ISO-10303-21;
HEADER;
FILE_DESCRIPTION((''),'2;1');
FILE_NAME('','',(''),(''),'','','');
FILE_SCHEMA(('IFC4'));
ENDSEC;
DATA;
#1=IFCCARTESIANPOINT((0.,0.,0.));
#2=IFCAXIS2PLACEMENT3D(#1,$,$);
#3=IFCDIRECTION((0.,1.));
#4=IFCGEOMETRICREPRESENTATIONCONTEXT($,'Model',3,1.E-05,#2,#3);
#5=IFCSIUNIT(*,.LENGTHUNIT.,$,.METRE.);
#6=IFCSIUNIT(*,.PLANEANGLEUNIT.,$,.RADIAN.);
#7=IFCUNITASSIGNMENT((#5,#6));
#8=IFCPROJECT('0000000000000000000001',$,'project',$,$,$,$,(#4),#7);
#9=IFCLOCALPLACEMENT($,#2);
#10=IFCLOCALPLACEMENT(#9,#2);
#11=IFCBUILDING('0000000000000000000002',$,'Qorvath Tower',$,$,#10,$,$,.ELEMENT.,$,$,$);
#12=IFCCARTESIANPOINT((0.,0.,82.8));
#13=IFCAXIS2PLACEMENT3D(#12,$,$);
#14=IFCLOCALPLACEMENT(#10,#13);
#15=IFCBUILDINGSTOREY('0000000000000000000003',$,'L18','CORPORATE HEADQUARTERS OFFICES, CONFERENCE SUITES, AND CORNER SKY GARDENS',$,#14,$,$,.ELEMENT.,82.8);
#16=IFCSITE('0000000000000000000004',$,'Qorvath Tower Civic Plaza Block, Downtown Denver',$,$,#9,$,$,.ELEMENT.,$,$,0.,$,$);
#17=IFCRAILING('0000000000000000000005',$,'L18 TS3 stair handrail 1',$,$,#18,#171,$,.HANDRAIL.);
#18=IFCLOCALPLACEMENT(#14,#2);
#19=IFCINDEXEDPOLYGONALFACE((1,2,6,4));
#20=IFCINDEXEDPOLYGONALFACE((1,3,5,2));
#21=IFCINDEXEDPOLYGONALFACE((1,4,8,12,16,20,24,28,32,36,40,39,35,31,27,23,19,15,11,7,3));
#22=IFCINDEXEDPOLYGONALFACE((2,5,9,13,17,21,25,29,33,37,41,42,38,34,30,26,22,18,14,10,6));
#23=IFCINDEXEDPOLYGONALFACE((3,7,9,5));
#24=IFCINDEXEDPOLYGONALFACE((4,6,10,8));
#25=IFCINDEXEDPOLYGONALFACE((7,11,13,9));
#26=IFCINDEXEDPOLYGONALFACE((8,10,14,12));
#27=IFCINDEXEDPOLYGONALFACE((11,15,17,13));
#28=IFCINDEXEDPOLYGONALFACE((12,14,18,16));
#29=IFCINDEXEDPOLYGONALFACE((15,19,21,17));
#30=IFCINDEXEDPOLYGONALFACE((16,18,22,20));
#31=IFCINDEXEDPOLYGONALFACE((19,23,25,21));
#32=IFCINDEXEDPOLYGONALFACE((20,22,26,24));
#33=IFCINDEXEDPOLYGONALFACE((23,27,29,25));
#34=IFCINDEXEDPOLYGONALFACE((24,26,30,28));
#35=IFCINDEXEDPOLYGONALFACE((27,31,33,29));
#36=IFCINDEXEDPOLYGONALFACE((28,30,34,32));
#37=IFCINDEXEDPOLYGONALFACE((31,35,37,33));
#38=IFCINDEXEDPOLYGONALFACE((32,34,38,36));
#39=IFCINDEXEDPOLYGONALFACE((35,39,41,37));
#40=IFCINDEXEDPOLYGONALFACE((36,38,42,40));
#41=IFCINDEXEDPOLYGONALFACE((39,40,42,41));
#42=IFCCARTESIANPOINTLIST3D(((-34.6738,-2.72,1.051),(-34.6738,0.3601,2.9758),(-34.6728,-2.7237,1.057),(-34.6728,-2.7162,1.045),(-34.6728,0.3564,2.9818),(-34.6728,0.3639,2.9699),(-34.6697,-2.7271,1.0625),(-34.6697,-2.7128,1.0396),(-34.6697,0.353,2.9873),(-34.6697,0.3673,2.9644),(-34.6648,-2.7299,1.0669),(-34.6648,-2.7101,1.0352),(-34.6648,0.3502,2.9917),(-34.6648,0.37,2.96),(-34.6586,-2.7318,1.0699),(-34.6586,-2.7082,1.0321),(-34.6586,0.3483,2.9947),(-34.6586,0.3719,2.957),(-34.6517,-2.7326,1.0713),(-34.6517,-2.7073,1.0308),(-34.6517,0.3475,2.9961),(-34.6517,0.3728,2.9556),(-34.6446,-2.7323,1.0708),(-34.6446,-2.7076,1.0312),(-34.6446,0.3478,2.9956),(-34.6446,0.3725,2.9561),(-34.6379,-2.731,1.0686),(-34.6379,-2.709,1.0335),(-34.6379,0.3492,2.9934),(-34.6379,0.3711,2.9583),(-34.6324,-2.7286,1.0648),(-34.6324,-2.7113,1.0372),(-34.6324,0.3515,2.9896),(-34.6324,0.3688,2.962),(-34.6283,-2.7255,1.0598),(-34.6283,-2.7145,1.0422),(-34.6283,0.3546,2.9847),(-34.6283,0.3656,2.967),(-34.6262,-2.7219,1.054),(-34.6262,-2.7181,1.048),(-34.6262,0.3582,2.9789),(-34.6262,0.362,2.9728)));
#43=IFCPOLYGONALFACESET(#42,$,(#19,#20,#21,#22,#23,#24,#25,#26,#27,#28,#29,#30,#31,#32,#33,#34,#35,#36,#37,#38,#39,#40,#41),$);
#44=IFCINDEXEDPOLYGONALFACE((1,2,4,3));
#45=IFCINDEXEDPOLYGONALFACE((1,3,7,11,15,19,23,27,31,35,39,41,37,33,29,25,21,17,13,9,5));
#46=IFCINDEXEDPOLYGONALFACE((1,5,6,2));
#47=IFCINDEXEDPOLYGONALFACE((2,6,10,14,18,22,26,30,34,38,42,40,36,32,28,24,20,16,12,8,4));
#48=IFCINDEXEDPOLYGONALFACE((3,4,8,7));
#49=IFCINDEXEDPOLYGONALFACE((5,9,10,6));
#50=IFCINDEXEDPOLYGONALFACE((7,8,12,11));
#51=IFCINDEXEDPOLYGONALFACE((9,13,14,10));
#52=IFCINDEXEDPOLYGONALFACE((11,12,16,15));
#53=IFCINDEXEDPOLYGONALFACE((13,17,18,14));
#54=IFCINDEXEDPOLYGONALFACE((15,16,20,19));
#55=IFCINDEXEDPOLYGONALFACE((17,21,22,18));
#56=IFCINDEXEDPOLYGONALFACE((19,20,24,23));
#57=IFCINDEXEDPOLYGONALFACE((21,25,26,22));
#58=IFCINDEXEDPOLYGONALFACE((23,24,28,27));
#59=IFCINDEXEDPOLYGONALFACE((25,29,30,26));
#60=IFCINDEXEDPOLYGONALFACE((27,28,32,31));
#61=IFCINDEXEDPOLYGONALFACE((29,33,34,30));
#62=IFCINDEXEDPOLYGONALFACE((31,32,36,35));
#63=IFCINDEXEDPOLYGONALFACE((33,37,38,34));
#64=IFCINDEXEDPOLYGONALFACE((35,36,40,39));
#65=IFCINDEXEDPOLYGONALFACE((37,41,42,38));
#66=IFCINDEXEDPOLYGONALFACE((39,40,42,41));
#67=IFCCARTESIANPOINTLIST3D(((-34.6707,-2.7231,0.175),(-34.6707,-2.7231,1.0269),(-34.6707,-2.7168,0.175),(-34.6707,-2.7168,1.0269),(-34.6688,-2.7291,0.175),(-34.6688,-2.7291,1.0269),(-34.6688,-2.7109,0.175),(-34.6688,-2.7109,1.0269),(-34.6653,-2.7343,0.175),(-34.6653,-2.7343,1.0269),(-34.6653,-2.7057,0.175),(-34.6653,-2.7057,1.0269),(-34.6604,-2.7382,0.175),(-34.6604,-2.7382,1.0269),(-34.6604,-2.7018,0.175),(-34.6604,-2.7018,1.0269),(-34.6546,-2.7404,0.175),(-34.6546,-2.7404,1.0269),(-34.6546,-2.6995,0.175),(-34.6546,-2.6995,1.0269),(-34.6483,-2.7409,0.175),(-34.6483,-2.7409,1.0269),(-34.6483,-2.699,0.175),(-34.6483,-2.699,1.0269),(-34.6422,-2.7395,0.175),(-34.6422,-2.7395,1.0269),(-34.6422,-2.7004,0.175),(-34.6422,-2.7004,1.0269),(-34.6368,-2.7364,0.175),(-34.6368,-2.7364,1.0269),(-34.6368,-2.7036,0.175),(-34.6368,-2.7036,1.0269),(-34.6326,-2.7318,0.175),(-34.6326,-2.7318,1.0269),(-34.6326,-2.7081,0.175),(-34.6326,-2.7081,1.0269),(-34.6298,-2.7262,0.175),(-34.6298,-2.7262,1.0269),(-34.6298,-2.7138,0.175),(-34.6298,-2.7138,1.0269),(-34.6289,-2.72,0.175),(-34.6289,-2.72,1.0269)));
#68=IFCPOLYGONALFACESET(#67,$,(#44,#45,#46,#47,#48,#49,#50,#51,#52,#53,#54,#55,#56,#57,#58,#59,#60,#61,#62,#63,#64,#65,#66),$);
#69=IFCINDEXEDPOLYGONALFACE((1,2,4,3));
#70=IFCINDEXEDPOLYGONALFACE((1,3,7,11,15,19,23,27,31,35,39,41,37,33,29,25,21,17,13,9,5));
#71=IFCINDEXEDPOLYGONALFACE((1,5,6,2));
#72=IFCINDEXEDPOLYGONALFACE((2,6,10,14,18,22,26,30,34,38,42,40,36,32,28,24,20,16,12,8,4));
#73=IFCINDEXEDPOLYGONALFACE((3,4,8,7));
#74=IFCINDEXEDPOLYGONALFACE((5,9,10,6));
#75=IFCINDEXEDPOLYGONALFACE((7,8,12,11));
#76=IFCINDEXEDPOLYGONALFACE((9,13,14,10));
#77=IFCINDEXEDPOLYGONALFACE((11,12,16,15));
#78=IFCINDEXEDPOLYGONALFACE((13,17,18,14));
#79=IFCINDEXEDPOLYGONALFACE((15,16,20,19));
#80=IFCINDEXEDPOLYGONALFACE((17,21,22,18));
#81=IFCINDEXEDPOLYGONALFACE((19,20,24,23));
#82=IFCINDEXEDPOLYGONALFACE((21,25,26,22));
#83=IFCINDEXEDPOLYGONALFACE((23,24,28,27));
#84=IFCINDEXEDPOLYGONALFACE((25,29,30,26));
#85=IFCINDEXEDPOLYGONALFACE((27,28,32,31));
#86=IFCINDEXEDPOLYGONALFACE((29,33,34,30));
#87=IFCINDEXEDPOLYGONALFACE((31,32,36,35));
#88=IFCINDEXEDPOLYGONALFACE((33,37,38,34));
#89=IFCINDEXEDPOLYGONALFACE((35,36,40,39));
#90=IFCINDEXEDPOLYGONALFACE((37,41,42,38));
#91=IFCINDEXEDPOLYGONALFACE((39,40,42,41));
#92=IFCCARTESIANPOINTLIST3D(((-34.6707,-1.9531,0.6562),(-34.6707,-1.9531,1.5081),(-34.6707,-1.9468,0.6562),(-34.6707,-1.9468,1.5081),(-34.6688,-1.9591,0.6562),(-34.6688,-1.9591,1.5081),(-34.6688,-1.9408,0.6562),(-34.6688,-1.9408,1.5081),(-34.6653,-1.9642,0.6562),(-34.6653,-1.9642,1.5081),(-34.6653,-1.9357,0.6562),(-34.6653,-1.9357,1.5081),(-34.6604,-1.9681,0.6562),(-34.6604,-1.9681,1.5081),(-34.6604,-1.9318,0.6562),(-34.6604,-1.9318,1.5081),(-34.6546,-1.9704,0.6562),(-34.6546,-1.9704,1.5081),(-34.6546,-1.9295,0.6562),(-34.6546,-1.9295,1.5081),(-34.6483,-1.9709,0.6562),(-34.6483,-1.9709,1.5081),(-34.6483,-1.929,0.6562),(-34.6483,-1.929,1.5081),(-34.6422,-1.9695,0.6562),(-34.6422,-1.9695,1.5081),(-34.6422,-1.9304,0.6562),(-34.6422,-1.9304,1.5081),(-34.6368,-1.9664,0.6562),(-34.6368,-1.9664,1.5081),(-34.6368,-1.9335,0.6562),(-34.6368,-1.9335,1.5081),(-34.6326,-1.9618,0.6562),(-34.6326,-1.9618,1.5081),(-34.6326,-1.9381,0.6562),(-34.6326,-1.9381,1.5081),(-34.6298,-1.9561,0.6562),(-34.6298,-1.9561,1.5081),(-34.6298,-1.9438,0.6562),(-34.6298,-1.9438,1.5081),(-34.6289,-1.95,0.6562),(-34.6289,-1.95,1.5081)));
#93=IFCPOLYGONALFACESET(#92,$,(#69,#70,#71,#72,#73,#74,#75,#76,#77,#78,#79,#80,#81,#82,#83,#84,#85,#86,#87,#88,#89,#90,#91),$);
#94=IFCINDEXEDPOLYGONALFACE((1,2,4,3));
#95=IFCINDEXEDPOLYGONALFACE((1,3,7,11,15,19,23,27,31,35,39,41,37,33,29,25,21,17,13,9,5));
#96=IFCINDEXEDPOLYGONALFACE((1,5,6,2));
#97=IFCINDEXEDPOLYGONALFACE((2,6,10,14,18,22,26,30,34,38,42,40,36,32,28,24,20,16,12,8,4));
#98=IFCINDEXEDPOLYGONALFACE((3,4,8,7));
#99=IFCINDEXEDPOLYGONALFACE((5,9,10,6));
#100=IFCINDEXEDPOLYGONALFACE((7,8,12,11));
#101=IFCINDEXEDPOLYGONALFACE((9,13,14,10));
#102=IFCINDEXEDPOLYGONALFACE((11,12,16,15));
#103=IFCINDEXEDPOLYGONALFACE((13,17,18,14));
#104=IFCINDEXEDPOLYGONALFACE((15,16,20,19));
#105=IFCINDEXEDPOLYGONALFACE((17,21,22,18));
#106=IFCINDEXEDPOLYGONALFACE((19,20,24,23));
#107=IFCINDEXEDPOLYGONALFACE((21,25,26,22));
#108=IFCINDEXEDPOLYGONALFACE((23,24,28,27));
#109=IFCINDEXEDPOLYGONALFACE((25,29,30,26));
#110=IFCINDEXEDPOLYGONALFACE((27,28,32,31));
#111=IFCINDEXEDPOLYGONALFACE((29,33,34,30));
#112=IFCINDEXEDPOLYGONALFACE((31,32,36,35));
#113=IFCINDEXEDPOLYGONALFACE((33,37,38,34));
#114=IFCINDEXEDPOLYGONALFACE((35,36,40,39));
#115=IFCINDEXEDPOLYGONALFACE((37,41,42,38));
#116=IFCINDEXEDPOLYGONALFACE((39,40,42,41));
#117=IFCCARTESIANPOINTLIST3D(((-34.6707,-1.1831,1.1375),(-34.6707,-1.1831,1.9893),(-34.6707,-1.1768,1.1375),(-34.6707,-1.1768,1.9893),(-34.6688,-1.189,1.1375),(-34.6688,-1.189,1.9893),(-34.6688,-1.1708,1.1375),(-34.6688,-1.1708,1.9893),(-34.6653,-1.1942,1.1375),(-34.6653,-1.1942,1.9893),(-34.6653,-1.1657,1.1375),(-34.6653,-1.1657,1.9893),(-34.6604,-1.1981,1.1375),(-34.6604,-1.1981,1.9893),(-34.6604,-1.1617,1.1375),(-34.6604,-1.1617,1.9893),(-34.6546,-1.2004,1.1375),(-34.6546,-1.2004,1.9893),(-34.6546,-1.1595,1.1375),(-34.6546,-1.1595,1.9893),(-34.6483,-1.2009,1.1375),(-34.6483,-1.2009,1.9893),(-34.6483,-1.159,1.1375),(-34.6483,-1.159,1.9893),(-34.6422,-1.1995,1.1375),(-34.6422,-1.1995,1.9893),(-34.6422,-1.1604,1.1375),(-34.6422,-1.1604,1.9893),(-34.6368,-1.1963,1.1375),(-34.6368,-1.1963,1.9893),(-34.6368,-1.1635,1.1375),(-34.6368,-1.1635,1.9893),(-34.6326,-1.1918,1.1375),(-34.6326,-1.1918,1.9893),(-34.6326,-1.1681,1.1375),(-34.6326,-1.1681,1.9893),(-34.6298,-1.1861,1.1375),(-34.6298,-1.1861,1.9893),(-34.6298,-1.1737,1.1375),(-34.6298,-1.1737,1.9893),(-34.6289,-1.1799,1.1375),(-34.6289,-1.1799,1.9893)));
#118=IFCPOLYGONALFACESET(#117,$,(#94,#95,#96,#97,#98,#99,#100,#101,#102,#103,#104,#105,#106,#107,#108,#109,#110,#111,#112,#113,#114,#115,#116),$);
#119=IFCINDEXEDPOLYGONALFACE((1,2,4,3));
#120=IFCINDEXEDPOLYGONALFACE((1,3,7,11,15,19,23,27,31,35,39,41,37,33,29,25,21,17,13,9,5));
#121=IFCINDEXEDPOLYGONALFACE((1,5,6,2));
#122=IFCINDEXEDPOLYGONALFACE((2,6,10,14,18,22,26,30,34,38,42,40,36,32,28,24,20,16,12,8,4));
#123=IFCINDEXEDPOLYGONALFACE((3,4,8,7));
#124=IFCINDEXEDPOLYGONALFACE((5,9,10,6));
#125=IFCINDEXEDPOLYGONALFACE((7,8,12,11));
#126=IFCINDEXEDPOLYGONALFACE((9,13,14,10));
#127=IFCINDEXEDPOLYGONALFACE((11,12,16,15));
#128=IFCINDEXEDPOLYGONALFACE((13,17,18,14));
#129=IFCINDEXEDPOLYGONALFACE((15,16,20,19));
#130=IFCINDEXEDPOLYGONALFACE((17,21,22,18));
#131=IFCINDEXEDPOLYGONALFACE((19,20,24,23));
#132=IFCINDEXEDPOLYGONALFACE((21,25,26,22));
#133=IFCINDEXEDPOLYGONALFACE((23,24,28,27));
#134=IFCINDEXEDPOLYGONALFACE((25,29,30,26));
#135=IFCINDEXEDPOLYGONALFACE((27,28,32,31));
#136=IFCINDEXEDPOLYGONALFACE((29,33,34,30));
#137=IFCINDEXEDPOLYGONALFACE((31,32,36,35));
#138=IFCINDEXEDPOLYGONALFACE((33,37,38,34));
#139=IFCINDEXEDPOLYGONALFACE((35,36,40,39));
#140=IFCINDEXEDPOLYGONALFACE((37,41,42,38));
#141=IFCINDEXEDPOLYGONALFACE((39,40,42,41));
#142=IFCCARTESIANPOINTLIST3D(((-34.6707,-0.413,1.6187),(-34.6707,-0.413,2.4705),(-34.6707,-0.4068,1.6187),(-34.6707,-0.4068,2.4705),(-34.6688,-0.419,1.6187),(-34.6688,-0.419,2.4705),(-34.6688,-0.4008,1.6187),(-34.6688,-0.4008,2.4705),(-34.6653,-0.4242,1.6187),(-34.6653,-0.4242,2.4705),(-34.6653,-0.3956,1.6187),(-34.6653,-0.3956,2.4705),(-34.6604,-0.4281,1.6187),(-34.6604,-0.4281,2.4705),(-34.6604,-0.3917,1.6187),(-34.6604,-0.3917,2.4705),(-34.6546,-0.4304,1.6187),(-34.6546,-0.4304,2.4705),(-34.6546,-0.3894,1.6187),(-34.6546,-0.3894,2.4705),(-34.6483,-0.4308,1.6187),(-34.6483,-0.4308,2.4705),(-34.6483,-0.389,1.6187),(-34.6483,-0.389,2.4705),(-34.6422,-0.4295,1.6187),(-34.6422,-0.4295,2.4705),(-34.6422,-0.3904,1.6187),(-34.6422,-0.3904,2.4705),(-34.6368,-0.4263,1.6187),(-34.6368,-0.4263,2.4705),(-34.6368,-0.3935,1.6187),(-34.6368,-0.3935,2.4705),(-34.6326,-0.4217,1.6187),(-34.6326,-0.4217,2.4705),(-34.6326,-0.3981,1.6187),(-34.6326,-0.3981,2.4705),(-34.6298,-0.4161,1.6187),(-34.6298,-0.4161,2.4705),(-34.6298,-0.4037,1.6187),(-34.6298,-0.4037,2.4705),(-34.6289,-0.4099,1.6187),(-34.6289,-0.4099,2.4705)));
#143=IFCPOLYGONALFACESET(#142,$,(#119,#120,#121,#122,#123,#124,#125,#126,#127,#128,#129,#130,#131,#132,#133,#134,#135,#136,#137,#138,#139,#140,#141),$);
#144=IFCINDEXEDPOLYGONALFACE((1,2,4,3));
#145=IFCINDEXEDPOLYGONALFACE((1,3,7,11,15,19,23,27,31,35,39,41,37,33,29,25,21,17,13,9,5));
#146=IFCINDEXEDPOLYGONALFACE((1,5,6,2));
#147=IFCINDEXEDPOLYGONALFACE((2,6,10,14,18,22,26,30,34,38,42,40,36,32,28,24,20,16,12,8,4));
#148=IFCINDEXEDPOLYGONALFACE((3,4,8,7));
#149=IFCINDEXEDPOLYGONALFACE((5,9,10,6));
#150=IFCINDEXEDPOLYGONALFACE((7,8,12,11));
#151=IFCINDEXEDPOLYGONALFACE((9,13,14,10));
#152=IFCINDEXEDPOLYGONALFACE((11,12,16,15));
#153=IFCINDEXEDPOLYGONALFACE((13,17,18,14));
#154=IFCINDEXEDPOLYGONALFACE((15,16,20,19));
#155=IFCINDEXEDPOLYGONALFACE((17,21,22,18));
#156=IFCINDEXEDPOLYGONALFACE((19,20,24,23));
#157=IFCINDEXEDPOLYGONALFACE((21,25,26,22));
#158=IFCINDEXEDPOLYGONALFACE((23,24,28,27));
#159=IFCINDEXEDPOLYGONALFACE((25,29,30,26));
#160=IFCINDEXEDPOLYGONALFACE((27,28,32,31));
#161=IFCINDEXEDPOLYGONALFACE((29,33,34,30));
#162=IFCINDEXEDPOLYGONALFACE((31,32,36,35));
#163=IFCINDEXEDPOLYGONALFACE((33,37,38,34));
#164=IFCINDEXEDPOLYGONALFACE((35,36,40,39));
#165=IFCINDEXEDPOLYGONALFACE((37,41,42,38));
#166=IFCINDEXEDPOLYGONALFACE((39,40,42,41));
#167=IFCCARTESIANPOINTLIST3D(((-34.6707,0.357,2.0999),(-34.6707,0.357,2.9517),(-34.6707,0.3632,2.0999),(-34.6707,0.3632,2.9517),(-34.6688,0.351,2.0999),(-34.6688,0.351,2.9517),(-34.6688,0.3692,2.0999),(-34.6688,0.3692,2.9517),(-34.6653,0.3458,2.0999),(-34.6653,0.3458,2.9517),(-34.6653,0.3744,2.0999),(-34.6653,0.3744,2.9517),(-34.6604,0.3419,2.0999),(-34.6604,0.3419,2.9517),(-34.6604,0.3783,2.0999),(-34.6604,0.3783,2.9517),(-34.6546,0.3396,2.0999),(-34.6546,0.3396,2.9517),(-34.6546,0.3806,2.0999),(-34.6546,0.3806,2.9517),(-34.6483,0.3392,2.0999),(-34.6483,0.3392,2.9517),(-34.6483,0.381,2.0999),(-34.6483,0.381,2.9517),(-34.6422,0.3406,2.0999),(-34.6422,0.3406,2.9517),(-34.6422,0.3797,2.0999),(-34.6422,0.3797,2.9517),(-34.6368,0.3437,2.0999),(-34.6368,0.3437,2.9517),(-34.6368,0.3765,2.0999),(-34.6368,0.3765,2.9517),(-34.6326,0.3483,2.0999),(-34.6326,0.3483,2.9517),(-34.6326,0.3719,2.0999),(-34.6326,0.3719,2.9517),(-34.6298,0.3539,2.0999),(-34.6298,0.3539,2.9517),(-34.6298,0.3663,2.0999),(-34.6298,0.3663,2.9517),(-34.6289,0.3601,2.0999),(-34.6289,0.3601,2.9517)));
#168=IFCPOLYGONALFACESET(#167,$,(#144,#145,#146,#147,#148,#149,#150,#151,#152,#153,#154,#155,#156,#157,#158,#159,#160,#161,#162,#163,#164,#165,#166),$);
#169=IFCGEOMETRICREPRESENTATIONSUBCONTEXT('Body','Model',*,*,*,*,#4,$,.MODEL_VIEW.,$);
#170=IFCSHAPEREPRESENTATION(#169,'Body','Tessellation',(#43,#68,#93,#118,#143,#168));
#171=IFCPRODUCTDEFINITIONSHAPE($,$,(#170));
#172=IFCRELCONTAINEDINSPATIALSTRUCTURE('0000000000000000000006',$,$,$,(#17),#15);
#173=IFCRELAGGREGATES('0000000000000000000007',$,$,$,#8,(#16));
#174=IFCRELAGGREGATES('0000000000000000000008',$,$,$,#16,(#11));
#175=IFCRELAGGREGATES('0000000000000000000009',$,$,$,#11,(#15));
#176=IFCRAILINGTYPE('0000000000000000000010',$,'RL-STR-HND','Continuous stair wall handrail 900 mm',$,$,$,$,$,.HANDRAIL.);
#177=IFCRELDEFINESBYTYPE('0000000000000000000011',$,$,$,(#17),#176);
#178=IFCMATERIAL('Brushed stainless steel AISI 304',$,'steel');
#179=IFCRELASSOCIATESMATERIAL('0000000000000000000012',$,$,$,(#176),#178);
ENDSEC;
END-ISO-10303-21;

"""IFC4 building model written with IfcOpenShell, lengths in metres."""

from ifc_helpers import new_model, si_unit, direction, frame, origin, origin_2d, place, context, subcontext, project, spatial, circle, extrude, material, type_object, element, save


model = new_model("IFC4")

# Units and contexts
model_context = context("Model", 3, precision=1e-05, world=origin(), true_north=direction((0.0, 1.0)))
body_context = subcontext(model_context, "Body", "Model", "MODEL_VIEW")
ifc_project = project(units=[si_unit("LENGTHUNIT", "METRE"), si_unit("PLANEANGLEUNIT", "RADIAN")], contexts=[model_context])

# Site, building, storey
site_placement = place(None, origin())
site = spatial("IfcSite", under=ifc_project, at=site_placement, Name="Qorvath Tower Civic Plaza Block, Downtown Denver", CompositionType="ELEMENT", RefElevation=0.0)
building_placement = place(site_placement, origin())
building = spatial("IfcBuilding", under=site, at=building_placement, Name="Qorvath Tower", CompositionType="ELEMENT")
storey_placement = place(building_placement, frame((0.0, 0.0, 82.8)))
storey = spatial("IfcBuildingStorey", under=building, at=storey_placement, Name="L18", Description="CORPORATE HEADQUARTERS OFFICES, CONFERENCE SUITES, AND CORNER SKY GARDENS", CompositionType="ELEMENT", Elevation=82.8)

# Railing
ifc_material_1 = material(Name="Brushed stainless steel AISI 304", Category="steel")
railing_type_1 = type_object("IfcRailingType", Name="RL-STR-HND", Description="Continuous stair wall handrail 900 mm", PredefinedType="HANDRAIL", material=ifc_material_1)
railing_1_placement = place(storey_placement, frame((-34.6499, -2.72, 0.175)))
element("IfcRailing", 1, at=railing_1_placement, inside=storey, type_object=railing_type_1, Name="L18 TS3 stair handrail 1", PredefinedType="HANDRAIL", context=body_context, shape_type="SweptSolid", body=[
    extrude(circle(Radius=0.0239, at=origin_2d()), frame((0.0, 0.0, 0.876), z_axis=(0.0, 0.848029, 0.529951), x_axis=(-1.0, 0.0, 0.0)), (0.0, 0.0, 1.0), 3.6321),
    extrude(circle(Radius=0.021, at=origin_2d()), origin(), (0.0, 0.0, 1.0), 0.8518),
    extrude(circle(Radius=0.021, at=origin_2d()), frame((0.0, 0.77, 0.4812)), (0.0, 0.0, 1.0), 0.8518),
    extrude(circle(Radius=0.021, at=origin_2d()), frame((0.0, 1.54, 0.9624)), (0.0, 0.0, 1.0), 0.8518),
    extrude(circle(Radius=0.021, at=origin_2d()), frame((0.0, 2.3101, 1.4436)), (0.0, 0.0, 1.0), 0.8518),
    extrude(circle(Radius=0.021, at=origin_2d()), frame((0.0, 3.0801, 1.9248)), (0.0, 0.0, 1.0), 0.8518),
])

save(model, "model.ifc")
